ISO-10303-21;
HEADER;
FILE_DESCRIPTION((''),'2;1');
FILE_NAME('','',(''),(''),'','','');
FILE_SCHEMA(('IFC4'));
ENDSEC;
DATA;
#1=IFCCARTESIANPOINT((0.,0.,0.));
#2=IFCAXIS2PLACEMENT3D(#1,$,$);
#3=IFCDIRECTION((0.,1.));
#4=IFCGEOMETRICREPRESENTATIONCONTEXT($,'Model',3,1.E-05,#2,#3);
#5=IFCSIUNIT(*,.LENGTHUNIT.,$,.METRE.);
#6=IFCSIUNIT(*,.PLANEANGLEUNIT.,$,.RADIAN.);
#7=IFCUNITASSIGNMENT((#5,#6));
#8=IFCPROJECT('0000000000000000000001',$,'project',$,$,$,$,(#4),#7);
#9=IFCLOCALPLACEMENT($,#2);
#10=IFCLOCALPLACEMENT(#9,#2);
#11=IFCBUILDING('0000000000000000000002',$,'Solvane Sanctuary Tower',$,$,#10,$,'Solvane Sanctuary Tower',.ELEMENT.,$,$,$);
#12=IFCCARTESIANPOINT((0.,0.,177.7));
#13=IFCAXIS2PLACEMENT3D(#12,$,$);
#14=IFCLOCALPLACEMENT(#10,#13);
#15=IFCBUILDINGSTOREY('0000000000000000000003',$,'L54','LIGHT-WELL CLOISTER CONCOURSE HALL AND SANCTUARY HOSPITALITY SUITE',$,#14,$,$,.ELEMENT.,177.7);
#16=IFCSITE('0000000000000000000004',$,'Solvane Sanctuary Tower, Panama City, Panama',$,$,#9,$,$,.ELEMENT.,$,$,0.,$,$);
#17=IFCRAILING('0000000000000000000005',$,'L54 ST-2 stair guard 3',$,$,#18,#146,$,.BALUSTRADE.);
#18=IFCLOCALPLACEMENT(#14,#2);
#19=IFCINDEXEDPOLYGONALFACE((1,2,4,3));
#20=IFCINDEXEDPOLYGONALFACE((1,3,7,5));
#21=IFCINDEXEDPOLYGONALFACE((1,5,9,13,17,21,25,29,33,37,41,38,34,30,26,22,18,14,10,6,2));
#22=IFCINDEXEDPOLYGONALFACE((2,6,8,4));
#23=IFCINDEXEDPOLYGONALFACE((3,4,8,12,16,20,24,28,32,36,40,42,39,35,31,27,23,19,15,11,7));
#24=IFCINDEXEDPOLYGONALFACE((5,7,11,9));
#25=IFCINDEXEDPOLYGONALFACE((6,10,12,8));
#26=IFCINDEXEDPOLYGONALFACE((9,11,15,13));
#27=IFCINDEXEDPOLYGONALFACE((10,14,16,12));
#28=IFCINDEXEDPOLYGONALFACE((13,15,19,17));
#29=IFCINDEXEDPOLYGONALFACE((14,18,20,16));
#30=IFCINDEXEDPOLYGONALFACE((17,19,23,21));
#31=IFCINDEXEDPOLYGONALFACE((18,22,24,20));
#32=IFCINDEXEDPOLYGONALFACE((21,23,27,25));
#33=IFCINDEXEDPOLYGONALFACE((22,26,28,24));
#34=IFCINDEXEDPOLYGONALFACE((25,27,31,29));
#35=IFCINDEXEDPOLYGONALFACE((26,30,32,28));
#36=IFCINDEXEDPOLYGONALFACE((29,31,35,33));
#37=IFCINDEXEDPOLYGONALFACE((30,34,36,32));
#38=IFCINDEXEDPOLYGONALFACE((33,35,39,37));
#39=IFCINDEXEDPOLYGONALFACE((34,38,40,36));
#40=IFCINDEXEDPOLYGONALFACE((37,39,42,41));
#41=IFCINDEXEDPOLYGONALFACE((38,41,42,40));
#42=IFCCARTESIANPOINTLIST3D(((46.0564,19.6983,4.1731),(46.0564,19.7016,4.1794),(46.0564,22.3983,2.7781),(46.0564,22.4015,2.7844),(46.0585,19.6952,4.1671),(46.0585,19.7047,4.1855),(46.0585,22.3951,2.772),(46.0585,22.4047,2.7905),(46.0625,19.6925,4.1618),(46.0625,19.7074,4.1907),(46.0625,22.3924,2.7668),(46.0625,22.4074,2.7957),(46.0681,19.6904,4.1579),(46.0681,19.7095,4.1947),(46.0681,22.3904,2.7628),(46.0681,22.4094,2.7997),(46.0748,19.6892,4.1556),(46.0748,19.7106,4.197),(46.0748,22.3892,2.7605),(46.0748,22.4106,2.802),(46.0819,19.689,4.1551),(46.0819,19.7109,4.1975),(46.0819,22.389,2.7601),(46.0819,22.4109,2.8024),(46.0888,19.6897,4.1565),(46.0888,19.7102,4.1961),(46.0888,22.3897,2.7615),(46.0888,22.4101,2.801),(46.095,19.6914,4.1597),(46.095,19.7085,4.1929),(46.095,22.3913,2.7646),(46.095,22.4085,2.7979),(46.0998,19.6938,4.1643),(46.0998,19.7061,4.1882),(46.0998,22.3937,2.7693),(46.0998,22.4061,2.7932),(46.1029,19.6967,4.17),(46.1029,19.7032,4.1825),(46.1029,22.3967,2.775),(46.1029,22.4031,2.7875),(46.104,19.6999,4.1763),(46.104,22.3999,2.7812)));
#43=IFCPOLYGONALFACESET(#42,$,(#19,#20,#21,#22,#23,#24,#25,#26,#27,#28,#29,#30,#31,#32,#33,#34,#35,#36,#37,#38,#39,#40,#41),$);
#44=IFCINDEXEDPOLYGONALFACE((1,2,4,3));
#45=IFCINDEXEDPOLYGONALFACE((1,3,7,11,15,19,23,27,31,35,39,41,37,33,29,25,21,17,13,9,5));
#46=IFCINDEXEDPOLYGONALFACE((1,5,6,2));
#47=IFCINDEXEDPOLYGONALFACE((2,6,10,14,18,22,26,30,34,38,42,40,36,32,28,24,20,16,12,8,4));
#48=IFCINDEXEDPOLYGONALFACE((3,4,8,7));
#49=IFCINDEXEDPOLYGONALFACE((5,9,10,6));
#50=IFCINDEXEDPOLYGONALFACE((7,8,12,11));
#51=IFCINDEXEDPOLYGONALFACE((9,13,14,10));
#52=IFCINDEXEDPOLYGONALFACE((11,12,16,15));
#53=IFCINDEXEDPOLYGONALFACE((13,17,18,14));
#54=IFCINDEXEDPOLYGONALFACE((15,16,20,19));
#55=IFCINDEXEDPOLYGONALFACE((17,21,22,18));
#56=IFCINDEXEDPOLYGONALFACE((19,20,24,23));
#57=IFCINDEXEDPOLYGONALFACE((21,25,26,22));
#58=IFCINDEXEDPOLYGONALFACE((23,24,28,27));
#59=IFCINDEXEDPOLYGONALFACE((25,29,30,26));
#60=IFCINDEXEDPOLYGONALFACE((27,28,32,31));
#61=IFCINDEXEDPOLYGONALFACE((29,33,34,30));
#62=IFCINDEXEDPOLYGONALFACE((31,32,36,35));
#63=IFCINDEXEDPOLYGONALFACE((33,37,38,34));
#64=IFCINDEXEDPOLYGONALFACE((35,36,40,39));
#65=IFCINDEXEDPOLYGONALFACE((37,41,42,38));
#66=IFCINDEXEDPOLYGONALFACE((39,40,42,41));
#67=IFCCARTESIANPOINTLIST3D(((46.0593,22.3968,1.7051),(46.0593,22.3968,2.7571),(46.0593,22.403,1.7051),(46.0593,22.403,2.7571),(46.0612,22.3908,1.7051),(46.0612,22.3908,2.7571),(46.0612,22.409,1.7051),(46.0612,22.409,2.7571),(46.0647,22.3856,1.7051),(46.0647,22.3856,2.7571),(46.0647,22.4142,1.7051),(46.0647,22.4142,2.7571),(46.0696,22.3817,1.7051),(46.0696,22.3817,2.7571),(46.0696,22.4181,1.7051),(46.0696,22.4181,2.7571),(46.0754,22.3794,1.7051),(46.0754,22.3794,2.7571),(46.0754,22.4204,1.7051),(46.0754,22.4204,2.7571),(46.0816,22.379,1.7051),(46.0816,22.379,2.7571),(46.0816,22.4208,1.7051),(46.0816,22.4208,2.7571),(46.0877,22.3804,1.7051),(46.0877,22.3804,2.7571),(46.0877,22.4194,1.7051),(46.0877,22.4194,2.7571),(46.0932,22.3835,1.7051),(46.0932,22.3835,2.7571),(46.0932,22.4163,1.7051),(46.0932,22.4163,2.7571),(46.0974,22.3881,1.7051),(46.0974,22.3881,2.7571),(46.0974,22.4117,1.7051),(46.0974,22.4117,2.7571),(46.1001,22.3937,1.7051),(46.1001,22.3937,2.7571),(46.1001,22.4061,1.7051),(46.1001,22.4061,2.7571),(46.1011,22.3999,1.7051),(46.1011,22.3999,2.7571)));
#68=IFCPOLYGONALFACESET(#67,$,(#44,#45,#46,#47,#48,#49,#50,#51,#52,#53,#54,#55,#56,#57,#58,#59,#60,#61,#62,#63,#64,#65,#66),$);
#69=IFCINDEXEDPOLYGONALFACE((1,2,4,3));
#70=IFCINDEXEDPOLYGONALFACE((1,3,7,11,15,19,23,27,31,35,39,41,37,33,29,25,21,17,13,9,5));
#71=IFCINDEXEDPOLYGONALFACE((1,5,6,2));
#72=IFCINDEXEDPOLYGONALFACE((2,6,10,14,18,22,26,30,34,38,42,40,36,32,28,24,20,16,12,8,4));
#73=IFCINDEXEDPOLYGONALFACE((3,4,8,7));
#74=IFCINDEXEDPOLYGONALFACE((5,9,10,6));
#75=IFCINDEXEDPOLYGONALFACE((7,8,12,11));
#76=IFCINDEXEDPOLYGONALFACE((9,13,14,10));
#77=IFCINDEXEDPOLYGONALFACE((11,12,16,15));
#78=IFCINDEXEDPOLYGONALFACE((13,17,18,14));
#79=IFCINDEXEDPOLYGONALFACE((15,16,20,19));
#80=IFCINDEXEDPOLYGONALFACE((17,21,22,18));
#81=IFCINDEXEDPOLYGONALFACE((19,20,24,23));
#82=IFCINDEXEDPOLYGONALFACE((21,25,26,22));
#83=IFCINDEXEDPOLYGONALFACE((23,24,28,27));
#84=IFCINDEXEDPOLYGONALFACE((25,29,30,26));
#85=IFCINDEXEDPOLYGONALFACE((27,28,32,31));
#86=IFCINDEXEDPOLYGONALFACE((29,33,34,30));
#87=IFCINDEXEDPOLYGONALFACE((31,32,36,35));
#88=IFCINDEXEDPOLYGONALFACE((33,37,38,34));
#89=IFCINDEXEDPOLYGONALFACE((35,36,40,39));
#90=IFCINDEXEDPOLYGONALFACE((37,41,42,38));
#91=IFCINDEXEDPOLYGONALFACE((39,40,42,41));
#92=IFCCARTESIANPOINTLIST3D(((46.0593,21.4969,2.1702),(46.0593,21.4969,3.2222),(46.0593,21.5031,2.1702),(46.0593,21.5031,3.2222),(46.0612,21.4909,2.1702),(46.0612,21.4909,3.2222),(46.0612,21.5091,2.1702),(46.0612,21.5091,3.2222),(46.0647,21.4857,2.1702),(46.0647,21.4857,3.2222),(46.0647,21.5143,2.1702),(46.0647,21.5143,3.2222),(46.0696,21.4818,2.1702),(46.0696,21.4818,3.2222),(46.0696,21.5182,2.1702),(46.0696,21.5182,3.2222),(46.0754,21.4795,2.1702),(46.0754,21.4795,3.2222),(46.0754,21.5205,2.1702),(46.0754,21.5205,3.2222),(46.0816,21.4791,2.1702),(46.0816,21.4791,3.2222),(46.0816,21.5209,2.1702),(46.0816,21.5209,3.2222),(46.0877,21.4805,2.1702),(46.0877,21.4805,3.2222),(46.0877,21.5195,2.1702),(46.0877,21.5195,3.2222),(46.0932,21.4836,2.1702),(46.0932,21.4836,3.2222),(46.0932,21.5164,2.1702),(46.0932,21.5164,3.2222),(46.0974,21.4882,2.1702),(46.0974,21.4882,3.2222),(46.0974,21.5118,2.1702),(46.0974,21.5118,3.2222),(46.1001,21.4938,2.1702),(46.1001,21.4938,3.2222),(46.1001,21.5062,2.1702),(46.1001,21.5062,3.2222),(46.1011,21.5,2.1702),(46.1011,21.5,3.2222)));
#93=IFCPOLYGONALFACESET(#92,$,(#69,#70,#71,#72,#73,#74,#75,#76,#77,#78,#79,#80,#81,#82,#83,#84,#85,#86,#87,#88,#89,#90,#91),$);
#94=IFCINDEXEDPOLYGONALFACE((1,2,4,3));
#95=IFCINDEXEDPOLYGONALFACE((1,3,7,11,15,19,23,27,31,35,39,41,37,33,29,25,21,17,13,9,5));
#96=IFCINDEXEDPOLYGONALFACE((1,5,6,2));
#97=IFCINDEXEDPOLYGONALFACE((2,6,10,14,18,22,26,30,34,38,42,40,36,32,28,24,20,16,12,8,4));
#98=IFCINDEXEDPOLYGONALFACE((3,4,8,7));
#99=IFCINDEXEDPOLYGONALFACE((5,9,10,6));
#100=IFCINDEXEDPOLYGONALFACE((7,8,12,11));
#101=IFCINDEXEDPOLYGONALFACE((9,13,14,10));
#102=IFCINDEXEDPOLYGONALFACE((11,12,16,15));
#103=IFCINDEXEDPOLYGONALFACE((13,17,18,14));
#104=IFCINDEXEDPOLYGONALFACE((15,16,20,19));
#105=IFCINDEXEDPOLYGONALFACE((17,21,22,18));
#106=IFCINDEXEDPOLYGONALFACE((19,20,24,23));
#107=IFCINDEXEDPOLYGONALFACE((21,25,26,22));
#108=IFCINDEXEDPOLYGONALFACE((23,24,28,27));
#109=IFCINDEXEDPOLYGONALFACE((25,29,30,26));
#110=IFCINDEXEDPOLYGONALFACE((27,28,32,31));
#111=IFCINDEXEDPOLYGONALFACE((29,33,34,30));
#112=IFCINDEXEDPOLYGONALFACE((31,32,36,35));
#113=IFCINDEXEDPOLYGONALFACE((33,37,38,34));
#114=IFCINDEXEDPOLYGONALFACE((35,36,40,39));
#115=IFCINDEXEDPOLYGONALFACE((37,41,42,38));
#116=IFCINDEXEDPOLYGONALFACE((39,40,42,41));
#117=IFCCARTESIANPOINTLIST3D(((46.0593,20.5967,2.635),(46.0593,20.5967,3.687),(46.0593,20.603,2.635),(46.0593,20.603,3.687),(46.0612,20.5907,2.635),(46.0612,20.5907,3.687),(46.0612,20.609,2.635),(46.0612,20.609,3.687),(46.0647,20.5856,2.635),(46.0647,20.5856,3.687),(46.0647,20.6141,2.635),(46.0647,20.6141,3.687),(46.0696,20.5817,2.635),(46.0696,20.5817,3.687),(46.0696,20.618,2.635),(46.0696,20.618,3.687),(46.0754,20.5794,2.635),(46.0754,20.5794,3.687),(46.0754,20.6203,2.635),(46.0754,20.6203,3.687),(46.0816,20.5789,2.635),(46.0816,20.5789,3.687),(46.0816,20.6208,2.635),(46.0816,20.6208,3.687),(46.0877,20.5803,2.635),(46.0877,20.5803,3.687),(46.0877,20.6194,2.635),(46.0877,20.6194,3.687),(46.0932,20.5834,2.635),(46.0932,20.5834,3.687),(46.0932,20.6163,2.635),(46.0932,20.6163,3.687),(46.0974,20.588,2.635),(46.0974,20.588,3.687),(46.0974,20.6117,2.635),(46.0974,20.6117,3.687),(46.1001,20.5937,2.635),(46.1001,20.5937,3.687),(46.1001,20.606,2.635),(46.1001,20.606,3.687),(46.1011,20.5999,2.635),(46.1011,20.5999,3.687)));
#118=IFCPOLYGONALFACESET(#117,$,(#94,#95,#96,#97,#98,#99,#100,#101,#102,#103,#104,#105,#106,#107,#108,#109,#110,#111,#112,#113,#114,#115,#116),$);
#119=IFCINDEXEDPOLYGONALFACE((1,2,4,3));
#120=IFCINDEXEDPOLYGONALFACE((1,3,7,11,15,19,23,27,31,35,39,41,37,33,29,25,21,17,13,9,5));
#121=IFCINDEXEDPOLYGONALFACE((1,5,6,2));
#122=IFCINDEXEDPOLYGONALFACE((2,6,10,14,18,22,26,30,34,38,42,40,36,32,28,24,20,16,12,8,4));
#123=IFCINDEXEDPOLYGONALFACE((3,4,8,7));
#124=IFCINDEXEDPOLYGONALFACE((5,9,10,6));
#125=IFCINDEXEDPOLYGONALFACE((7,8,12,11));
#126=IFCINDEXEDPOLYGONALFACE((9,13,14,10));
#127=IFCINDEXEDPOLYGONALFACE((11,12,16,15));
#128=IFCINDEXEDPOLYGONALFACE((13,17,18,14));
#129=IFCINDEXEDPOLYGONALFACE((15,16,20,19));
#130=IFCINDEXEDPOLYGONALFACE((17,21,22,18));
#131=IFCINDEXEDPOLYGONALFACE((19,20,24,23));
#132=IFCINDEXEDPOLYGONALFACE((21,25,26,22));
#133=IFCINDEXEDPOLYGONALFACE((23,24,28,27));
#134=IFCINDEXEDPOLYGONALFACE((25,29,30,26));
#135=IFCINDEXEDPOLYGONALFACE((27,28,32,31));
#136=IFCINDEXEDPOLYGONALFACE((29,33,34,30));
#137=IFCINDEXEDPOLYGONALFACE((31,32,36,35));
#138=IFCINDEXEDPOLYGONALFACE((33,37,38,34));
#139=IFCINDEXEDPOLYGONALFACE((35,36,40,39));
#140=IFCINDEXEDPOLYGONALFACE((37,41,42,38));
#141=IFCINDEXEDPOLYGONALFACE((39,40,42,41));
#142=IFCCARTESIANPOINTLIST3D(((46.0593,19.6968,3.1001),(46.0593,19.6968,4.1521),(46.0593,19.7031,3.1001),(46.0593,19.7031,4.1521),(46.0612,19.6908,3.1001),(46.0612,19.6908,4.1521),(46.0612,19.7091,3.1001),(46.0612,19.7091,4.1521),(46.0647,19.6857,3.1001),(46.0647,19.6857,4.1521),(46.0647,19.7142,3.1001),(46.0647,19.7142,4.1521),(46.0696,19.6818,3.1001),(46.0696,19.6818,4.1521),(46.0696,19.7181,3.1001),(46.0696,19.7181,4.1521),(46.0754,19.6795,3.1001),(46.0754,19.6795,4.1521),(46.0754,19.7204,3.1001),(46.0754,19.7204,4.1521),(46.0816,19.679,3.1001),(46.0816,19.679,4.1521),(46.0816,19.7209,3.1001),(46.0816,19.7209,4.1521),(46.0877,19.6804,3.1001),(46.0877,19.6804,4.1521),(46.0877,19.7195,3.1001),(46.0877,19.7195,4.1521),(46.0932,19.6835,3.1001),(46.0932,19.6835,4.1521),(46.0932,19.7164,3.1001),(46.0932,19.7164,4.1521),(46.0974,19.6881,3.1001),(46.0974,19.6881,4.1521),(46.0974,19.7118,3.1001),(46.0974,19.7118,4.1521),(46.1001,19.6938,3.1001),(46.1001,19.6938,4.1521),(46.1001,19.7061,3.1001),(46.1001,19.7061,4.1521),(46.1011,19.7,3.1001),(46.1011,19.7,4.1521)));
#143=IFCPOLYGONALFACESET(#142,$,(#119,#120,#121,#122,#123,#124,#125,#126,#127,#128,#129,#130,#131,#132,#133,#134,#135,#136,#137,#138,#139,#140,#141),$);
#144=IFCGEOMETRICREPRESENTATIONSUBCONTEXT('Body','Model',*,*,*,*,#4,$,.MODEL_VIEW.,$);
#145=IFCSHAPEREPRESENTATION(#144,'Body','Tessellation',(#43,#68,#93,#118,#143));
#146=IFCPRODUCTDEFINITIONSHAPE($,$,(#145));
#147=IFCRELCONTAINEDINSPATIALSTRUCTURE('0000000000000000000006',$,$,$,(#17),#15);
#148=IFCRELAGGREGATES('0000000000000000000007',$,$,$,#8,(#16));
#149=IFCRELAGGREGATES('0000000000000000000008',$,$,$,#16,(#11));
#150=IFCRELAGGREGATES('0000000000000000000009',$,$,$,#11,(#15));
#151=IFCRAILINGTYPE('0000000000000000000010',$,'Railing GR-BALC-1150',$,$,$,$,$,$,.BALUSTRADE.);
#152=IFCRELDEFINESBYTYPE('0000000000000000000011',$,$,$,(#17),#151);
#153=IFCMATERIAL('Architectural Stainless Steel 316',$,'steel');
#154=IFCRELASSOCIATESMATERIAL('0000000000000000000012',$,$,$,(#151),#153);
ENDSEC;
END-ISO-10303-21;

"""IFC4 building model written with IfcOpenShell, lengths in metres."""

from ifc_helpers import new_model, si_unit, direction, frame, origin, origin_2d, place, context, subcontext, project, spatial, circle, extrude, material, type_object, element, save


model = new_model("IFC4")

# Units and contexts
model_context = context("Model", 3, precision=1e-05, world=origin(), true_north=direction((0.0, 1.0)))
body_context = subcontext(model_context, "Body", "Model", "MODEL_VIEW")
ifc_project = project(units=[si_unit("LENGTHUNIT", "METRE"), si_unit("PLANEANGLEUNIT", "RADIAN")], contexts=[model_context])

# Site, building, storey
site_placement = place(None, origin())
site = spatial("IfcSite", under=ifc_project, at=site_placement, Name="Solvane Sanctuary Tower, Panama City, Panama", CompositionType="ELEMENT", RefElevation=0.0)
building_placement = place(site_placement, origin())
building = spatial("IfcBuilding", under=site, at=building_placement, Name="Solvane Sanctuary Tower", LongName="Solvane Sanctuary Tower", CompositionType="ELEMENT")
storey_placement = place(building_placement, frame((0.0, 0.0, 177.7)))
storey = spatial("IfcBuildingStorey", under=building, at=storey_placement, Name="L54", Description="LIGHT-WELL CLOISTER CONCOURSE HALL AND SANCTUARY HOSPITALITY SUITE", CompositionType="ELEMENT", Elevation=177.7)

# Shared definitions
ifc_material_1 = material(Name="Architectural Stainless Steel 316", Category="steel")

# Railing
railing_type_1 = type_object("IfcRailingType", Name="Railing GR-BALC-1150", PredefinedType="BALUSTRADE", material=ifc_material_1)
railing_1_placement = place(storey_placement, frame((46.0801, 22.3999, 1.7051)))
element("IfcRailing", 1, at=railing_1_placement, inside=storey, type_object=railing_type_1, Name="L54 ST-2 stair guard 3", PredefinedType="BALUSTRADE", context=body_context, shape_type="SweptSolid", body=[
    extrude(circle(Radius=0.0239, at=origin_2d()), frame((0.0, 0.0, 1.0762), z_axis=(0.0, -0.88842, 0.459032), x_axis=(1.0, 0.0, 0.0)), (0.0, 0.0, 1.0), 3.0391),
    extrude(circle(Radius=0.021, at=origin_2d()), origin(), (0.0, 0.0, 1.0), 1.052),
    extrude(circle(Radius=0.021, at=origin_2d()), frame((0.0, -0.8999, 0.4651)), (0.0, 0.0, 1.0), 1.052),
    extrude(circle(Radius=0.021, at=origin_2d()), frame((0.0, -1.8, 0.9299)), (0.0, 0.0, 1.0), 1.052),
    extrude(circle(Radius=0.021, at=origin_2d()), frame((0.0, -2.7, 1.395)), (0.0, 0.0, 1.0), 1.052),
])

save(model, "model.ifc")
